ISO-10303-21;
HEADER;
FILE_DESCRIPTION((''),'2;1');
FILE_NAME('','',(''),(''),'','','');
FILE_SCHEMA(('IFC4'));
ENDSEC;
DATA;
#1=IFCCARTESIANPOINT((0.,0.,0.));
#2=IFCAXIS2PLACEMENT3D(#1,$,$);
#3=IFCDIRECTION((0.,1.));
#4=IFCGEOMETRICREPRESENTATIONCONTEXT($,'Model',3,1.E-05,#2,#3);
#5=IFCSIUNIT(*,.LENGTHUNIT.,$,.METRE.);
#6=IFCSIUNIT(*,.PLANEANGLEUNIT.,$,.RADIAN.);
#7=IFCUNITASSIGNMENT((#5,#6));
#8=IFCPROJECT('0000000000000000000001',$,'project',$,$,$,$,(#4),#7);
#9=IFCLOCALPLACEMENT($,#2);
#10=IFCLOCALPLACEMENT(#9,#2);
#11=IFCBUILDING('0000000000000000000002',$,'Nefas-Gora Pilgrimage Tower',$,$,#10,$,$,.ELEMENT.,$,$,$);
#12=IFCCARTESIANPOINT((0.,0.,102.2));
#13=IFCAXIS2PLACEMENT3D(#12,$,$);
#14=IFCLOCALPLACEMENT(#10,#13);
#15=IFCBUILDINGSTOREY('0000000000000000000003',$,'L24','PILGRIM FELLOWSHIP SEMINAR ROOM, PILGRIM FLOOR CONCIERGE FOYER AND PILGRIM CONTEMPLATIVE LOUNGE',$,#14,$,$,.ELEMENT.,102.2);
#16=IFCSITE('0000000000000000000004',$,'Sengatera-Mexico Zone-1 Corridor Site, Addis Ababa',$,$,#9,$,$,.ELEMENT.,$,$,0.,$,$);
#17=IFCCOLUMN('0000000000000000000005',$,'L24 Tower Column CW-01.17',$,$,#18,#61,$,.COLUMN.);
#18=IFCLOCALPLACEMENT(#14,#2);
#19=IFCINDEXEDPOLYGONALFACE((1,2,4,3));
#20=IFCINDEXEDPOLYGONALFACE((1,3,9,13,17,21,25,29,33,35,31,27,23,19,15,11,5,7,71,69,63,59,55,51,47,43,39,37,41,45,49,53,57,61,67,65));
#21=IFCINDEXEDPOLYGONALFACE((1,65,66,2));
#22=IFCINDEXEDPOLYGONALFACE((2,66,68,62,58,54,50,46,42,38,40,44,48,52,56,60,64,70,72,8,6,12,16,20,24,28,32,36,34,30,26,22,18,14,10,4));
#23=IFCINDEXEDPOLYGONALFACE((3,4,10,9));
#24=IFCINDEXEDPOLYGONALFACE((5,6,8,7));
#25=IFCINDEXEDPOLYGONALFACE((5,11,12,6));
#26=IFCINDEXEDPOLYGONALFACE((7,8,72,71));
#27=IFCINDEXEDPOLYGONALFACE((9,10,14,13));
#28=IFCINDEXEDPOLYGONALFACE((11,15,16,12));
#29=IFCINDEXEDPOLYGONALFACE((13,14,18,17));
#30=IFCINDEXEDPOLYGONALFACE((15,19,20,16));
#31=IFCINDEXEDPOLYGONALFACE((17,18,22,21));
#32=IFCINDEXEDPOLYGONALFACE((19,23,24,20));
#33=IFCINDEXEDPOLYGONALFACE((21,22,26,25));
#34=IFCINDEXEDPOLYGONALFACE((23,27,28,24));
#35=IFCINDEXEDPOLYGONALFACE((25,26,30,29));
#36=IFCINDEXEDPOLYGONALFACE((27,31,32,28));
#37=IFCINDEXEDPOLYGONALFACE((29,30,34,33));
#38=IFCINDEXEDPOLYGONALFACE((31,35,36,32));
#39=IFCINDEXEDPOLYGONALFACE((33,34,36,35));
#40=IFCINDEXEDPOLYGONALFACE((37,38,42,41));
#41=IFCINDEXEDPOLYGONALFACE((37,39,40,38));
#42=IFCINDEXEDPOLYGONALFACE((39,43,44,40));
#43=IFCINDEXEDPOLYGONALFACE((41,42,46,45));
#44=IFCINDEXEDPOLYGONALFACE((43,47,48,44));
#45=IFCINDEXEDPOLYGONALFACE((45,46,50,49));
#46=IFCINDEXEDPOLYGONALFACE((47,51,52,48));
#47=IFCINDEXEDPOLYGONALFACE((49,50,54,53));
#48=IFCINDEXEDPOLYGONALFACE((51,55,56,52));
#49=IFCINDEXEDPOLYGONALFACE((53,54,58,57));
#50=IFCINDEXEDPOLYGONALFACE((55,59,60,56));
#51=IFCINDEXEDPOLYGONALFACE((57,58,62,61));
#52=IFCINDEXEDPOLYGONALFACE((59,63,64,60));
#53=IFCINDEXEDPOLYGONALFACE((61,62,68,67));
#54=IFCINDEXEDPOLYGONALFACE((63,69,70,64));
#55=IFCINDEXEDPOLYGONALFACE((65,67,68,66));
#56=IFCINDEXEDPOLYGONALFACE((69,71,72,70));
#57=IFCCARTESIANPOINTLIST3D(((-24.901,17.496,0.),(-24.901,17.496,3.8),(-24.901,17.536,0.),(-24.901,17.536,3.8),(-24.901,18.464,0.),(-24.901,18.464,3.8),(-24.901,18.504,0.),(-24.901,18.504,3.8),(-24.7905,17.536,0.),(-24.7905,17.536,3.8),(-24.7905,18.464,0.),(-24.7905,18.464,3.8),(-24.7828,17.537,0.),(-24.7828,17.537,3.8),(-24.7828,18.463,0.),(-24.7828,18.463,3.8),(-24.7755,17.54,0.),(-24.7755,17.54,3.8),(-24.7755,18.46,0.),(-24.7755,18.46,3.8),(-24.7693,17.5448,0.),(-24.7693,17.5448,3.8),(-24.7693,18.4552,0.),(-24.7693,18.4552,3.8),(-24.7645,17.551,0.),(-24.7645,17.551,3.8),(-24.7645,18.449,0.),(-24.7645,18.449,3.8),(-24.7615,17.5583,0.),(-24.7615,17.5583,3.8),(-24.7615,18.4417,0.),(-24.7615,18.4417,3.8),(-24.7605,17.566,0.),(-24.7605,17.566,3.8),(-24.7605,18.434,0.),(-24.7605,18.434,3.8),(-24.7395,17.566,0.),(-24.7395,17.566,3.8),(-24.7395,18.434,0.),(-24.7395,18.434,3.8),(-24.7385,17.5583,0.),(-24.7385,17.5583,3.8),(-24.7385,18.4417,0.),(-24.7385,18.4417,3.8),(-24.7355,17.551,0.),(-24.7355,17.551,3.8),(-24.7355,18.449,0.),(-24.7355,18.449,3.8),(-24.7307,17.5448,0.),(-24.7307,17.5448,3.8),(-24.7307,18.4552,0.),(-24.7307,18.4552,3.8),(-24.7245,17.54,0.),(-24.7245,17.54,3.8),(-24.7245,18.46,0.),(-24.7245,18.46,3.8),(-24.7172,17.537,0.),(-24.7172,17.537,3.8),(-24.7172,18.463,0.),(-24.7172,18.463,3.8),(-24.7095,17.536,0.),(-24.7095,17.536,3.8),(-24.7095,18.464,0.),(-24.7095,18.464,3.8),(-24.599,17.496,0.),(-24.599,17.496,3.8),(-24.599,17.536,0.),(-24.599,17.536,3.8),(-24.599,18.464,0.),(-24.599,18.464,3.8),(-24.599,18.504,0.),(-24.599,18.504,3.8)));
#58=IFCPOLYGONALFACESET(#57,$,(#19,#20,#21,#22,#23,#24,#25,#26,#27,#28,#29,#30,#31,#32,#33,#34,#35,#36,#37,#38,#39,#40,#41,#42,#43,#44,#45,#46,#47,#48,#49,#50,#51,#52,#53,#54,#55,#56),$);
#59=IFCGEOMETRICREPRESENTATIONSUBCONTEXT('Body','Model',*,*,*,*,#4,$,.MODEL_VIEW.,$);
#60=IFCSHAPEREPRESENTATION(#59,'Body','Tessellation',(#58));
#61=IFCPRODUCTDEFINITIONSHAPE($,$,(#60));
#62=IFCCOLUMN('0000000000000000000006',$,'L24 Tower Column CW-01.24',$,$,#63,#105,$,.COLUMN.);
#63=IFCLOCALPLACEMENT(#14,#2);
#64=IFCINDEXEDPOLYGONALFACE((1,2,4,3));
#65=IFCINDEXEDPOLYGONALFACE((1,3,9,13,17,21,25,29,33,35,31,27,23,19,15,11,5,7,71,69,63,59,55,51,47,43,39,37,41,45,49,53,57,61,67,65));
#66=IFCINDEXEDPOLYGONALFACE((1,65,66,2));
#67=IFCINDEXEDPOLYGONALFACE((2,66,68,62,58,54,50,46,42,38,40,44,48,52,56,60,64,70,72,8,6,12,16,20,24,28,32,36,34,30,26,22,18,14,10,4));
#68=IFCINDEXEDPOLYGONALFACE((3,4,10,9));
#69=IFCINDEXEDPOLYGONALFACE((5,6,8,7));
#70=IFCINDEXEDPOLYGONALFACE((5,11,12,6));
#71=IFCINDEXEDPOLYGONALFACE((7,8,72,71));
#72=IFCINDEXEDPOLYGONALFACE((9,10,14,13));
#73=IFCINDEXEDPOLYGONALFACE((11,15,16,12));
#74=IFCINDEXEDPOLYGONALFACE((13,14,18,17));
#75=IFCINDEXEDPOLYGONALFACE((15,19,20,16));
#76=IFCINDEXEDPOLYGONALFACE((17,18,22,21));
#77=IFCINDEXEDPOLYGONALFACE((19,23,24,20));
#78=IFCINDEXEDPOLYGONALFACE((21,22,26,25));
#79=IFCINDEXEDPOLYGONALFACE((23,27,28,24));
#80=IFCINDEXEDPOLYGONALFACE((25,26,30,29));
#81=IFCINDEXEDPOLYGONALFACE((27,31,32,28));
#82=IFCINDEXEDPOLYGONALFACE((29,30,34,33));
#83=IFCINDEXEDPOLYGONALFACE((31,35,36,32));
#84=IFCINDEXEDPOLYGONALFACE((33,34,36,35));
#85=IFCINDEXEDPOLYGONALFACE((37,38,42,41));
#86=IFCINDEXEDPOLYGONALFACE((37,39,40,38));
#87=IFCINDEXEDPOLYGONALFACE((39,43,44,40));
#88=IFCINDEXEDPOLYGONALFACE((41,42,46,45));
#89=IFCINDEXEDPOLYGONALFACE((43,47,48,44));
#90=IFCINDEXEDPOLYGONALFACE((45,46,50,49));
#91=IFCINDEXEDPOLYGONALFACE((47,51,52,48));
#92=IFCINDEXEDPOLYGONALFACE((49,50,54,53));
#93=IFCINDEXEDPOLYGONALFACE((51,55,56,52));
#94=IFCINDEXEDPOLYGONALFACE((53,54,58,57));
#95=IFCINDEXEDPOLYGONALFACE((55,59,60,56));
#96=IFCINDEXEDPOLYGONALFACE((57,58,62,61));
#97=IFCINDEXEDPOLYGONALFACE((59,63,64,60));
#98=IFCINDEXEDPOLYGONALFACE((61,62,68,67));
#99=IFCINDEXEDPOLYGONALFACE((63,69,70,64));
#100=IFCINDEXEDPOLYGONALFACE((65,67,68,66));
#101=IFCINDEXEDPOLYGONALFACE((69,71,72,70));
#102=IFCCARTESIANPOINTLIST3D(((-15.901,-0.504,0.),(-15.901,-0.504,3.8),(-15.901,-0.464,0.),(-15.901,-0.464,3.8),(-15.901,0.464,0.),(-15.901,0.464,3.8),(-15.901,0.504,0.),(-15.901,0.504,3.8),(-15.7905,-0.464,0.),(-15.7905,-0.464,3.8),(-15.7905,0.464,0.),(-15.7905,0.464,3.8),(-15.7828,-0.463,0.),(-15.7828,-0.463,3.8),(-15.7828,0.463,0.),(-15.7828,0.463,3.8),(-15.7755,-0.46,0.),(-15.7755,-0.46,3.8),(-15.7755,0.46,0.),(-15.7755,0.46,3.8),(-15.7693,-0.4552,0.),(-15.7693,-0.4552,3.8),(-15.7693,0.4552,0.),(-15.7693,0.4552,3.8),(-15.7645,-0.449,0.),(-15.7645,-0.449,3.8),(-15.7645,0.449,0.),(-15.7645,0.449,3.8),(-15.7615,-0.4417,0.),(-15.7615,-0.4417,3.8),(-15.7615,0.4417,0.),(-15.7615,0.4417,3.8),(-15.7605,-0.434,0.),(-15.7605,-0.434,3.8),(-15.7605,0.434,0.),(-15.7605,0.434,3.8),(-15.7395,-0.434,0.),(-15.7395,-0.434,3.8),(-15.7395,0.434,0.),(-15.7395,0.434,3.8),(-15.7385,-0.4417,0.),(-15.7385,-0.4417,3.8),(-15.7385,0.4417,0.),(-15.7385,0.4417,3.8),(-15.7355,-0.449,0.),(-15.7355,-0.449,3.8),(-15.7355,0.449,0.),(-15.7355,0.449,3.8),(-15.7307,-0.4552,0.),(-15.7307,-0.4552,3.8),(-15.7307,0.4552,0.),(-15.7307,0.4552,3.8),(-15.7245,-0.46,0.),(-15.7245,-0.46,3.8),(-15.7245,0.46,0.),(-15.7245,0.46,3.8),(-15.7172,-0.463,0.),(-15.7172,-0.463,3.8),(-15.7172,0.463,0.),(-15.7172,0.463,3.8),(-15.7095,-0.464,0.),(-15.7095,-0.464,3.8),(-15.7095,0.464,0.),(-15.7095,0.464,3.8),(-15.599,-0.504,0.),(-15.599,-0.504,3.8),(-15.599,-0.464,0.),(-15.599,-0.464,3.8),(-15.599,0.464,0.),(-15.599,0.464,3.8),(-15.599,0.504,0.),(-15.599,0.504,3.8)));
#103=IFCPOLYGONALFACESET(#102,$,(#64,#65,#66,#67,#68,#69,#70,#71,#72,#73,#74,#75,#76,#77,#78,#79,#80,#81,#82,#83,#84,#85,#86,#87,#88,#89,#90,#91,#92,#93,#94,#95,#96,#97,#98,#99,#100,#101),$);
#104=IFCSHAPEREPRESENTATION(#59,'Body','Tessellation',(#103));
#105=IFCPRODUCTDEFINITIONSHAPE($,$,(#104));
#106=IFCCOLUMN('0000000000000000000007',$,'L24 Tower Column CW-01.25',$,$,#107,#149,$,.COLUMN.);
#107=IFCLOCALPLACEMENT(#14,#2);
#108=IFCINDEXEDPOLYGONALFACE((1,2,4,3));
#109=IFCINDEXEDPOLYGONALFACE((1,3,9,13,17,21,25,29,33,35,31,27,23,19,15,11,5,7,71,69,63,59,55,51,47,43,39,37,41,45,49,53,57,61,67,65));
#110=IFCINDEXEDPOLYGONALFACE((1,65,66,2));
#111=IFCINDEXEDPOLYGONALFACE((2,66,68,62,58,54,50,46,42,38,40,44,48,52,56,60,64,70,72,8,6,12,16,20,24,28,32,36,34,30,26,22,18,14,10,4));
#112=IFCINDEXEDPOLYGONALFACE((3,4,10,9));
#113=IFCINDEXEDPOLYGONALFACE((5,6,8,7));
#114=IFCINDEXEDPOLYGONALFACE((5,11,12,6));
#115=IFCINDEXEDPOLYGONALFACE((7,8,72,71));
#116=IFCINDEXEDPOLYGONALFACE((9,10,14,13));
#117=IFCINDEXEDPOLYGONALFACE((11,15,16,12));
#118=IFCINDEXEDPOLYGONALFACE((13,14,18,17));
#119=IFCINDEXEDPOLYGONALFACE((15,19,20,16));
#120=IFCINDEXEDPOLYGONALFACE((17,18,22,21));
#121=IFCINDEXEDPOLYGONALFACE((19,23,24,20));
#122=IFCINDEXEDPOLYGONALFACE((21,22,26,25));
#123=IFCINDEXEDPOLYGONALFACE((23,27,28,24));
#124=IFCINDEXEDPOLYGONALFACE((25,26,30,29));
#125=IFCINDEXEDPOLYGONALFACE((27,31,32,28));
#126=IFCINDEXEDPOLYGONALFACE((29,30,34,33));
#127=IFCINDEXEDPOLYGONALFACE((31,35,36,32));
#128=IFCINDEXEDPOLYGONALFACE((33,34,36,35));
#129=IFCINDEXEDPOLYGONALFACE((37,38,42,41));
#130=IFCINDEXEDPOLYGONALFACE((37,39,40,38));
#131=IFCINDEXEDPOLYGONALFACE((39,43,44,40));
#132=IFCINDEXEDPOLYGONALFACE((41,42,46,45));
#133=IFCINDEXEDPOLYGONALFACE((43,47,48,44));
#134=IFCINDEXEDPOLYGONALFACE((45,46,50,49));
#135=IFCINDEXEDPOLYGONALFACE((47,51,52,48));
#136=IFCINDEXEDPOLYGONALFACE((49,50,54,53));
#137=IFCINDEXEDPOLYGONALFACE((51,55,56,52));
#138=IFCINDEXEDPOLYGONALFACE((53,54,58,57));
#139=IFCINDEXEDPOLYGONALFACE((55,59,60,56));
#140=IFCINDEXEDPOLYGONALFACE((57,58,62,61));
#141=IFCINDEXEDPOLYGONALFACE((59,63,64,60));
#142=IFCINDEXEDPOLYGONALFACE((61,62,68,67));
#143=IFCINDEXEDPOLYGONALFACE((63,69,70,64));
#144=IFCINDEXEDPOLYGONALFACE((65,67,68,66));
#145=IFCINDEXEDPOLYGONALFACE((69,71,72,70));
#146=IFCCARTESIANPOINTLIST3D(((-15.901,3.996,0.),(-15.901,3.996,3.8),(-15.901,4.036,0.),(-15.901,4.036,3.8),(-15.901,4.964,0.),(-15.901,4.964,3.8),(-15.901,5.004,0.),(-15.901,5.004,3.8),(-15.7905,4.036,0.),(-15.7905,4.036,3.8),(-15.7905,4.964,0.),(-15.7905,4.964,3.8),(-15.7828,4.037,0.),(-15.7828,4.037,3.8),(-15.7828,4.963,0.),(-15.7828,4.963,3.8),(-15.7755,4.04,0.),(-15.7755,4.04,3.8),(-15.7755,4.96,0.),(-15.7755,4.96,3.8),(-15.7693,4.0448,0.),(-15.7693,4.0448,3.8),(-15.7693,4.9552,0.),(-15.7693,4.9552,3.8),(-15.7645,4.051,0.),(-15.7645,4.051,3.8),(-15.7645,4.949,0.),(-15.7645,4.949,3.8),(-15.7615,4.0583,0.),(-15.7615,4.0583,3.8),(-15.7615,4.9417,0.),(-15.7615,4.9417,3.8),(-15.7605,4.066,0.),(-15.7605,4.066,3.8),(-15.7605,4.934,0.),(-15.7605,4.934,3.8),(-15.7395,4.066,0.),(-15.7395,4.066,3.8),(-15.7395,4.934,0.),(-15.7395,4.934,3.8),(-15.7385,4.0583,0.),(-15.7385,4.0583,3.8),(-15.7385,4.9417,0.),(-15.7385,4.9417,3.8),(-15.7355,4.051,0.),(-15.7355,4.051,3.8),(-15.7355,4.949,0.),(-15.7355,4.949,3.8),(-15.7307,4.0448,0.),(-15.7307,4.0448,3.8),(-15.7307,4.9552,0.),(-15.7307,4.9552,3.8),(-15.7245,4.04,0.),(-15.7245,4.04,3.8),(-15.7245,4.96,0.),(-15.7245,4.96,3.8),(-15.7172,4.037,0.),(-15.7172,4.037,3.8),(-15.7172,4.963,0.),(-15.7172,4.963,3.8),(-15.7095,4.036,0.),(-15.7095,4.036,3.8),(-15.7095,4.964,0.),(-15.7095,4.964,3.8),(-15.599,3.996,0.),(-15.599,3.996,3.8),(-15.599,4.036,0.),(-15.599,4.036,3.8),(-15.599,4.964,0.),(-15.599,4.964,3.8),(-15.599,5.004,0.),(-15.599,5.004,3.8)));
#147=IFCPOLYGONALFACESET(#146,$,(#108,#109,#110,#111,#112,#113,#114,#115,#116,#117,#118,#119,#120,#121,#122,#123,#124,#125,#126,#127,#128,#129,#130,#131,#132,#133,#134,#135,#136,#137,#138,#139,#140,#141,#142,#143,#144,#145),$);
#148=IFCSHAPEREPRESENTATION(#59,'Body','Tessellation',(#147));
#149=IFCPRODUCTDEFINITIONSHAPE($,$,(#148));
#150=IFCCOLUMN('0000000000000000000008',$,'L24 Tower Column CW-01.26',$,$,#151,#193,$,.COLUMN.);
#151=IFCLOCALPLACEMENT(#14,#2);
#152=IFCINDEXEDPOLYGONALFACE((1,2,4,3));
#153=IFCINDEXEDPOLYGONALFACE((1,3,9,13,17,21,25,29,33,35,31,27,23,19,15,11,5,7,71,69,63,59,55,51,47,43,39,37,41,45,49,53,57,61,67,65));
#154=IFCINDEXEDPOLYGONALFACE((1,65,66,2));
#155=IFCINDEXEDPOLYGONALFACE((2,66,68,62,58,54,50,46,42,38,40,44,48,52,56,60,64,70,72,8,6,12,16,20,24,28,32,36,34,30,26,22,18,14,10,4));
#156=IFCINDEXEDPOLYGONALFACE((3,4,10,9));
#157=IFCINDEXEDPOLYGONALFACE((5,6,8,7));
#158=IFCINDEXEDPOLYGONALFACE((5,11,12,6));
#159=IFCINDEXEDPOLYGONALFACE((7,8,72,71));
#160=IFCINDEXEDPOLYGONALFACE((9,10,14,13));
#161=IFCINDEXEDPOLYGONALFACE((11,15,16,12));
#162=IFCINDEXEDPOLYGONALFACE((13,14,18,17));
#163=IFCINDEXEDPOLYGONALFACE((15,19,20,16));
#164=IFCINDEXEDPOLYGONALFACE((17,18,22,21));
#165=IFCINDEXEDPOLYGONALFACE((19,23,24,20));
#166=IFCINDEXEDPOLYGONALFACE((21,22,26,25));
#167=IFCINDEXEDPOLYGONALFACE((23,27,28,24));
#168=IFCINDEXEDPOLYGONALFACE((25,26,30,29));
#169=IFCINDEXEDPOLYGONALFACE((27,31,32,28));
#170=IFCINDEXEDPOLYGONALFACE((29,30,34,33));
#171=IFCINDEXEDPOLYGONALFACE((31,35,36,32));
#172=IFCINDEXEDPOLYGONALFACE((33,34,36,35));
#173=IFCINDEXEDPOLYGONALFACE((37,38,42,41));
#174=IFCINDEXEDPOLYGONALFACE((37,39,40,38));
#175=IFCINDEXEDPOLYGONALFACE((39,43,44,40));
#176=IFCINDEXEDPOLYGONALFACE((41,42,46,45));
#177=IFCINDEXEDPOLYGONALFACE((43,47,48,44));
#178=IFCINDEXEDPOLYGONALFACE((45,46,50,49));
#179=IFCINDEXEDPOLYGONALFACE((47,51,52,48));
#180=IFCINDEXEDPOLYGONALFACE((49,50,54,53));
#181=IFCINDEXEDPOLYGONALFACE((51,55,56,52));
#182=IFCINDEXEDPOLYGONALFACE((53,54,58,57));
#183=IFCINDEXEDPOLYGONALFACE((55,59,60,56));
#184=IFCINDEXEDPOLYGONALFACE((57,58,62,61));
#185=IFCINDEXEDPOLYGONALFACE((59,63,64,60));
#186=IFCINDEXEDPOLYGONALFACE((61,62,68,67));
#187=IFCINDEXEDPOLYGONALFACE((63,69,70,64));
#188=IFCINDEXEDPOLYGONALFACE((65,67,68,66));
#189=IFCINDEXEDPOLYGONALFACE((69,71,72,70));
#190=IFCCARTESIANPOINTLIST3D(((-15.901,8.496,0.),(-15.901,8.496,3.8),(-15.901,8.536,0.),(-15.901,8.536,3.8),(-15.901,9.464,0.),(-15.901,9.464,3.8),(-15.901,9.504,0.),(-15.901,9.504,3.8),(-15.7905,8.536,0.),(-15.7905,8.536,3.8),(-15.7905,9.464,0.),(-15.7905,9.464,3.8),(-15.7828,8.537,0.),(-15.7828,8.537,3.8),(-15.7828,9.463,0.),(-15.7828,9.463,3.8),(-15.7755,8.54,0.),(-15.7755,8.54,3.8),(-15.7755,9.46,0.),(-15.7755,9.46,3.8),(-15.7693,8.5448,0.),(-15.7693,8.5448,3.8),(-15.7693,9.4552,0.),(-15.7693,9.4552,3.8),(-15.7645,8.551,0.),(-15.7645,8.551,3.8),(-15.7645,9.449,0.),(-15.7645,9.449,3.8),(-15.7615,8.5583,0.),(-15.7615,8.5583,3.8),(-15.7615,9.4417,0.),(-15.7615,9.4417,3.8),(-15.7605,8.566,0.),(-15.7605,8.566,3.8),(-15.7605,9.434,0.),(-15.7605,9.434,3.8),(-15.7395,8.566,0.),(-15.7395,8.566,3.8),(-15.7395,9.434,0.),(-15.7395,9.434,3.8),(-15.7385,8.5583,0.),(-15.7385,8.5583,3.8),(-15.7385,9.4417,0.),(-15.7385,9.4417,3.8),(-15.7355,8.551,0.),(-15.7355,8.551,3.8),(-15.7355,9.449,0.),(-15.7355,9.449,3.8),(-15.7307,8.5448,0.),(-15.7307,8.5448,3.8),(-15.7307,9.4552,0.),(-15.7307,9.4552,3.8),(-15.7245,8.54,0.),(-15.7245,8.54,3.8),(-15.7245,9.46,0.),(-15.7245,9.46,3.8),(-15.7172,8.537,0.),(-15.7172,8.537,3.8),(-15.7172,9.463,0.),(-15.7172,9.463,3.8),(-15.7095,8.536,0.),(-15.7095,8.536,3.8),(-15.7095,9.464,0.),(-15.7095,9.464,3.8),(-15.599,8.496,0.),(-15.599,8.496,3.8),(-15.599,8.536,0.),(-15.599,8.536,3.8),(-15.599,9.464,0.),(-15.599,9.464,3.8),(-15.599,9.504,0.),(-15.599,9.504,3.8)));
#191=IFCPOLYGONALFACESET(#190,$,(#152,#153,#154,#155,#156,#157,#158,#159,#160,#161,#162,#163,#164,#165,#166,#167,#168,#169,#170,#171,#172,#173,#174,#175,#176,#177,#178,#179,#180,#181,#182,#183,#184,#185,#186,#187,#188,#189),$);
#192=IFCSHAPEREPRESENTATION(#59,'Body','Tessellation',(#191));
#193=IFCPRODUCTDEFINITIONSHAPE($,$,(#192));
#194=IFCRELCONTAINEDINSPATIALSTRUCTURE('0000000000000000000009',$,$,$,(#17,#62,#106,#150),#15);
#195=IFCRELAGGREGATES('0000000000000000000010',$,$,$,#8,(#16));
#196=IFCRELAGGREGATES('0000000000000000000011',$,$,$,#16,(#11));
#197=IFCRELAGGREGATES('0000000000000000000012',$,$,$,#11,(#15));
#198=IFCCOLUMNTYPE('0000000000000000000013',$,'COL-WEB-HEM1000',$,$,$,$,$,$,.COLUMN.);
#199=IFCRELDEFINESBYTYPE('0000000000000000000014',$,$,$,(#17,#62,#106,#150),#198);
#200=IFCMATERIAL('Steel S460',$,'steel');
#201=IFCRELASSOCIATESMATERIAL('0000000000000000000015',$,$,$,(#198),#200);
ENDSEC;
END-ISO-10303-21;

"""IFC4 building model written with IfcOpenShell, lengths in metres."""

from ifc_helpers import new_model, si_unit, direction, frame, origin, origin_2d, place, context, subcontext, project, spatial, i_section, extrude, source, transform, mapped, material, material_profile, profile_set, type_object, element, save


model = new_model("IFC4")

# Units and contexts
model_context = context("Model", 3, precision=1e-05, world=origin(), true_north=direction((0.0, 1.0)))
body_context = subcontext(model_context, "Body", "Model", "MODEL_VIEW")
ifc_project = project(units=[si_unit("LENGTHUNIT", "METRE"), si_unit("PLANEANGLEUNIT", "RADIAN")], contexts=[model_context])

# Site, building, storey
site_placement = place(None, origin())
site = spatial("IfcSite", under=ifc_project, at=site_placement, Name="Sengatera-Mexico Zone-1 Corridor Site, Addis Ababa", CompositionType="ELEMENT", RefElevation=0.0)
building_placement = place(site_placement, origin())
building = spatial("IfcBuilding", under=site, at=building_placement, Name="Nefas-Gora Pilgrimage Tower", CompositionType="ELEMENT")
storey_placement = place(building_placement, frame((0.0, 0.0, 102.2)))
storey = spatial("IfcBuildingStorey", under=building, at=storey_placement, Name="L24", Description="PILGRIM FELLOWSHIP SEMINAR ROOM, PILGRIM FLOOR CONCIERGE FOYER AND PILGRIM CONTEMPLATIVE LOUNGE", CompositionType="ELEMENT", Elevation=102.2)

# Columns
ifc_material_1 = material(Name="Steel S460", Category="steel")
ifc_material_profile_1 = material_profile(ifc_material_1, i_section(OverallWidth=0.302, OverallDepth=1.0081, WebThickness=0.021, FlangeThickness=0.04, FilletRadius=0.03, at=origin_2d()), Name="HEM 1000")
ifc_profile_set_1 = profile_set([ifc_material_profile_1], Name="Steel S460")
column_type_1 = type_object("IfcColumnType", Name="COL-WEB-HEM1000", PredefinedType="COLUMN", material=ifc_profile_set_1)
shared_shape_1 = source(origin(), body_context, "Body", "SweptSolid", [
    extrude(i_section(OverallWidth=0.302, OverallDepth=1.0081, WebThickness=0.021, FlangeThickness=0.04, FilletRadius=0.03, at=origin_2d()), origin(), (0.0, 0.0, 1.0), 3.8),
])
for number, where, z_axis, x_axis, name in (
    (1, (-24.75, 18.0, 0.0), (0.0, 0.0, 1.0), (1.0, 0.0, 0.0), "L24 Tower Column CW-01.17"),
    (2, (-15.75, 0.0, 0.0), (0.0, 0.0, 1.0), (1.0, 0.0, 0.0), "L24 Tower Column CW-01.24"),
    (3, (-15.75, 4.5, 0.0), (0.0, 0.0, 1.0), (1.0, 0.0, 0.0), "L24 Tower Column CW-01.25"),
    (4, (-15.75, 9.0, 0.0), (0.0, 0.0, 1.0), (1.0, 0.0, 0.0), "L24 Tower Column CW-01.26"),
):
    element("IfcColumn", number, at=place(storey_placement, frame(where, z_axis=z_axis, x_axis=x_axis)), inside=storey, type_object=column_type_1, Name=name, PredefinedType="COLUMN", context=body_context, shape_type="MappedRepresentation", body=[
        mapped(shared_shape_1, transform((0.0, 0.0, 0.0), x_axis=(1.0, 0.0, 0.0), y_axis=(0.0, 1.0, 0.0), z_axis=(0.0, 0.0, 1.0), scale=1.0)),
    ])

save(model, "model.ifc")
